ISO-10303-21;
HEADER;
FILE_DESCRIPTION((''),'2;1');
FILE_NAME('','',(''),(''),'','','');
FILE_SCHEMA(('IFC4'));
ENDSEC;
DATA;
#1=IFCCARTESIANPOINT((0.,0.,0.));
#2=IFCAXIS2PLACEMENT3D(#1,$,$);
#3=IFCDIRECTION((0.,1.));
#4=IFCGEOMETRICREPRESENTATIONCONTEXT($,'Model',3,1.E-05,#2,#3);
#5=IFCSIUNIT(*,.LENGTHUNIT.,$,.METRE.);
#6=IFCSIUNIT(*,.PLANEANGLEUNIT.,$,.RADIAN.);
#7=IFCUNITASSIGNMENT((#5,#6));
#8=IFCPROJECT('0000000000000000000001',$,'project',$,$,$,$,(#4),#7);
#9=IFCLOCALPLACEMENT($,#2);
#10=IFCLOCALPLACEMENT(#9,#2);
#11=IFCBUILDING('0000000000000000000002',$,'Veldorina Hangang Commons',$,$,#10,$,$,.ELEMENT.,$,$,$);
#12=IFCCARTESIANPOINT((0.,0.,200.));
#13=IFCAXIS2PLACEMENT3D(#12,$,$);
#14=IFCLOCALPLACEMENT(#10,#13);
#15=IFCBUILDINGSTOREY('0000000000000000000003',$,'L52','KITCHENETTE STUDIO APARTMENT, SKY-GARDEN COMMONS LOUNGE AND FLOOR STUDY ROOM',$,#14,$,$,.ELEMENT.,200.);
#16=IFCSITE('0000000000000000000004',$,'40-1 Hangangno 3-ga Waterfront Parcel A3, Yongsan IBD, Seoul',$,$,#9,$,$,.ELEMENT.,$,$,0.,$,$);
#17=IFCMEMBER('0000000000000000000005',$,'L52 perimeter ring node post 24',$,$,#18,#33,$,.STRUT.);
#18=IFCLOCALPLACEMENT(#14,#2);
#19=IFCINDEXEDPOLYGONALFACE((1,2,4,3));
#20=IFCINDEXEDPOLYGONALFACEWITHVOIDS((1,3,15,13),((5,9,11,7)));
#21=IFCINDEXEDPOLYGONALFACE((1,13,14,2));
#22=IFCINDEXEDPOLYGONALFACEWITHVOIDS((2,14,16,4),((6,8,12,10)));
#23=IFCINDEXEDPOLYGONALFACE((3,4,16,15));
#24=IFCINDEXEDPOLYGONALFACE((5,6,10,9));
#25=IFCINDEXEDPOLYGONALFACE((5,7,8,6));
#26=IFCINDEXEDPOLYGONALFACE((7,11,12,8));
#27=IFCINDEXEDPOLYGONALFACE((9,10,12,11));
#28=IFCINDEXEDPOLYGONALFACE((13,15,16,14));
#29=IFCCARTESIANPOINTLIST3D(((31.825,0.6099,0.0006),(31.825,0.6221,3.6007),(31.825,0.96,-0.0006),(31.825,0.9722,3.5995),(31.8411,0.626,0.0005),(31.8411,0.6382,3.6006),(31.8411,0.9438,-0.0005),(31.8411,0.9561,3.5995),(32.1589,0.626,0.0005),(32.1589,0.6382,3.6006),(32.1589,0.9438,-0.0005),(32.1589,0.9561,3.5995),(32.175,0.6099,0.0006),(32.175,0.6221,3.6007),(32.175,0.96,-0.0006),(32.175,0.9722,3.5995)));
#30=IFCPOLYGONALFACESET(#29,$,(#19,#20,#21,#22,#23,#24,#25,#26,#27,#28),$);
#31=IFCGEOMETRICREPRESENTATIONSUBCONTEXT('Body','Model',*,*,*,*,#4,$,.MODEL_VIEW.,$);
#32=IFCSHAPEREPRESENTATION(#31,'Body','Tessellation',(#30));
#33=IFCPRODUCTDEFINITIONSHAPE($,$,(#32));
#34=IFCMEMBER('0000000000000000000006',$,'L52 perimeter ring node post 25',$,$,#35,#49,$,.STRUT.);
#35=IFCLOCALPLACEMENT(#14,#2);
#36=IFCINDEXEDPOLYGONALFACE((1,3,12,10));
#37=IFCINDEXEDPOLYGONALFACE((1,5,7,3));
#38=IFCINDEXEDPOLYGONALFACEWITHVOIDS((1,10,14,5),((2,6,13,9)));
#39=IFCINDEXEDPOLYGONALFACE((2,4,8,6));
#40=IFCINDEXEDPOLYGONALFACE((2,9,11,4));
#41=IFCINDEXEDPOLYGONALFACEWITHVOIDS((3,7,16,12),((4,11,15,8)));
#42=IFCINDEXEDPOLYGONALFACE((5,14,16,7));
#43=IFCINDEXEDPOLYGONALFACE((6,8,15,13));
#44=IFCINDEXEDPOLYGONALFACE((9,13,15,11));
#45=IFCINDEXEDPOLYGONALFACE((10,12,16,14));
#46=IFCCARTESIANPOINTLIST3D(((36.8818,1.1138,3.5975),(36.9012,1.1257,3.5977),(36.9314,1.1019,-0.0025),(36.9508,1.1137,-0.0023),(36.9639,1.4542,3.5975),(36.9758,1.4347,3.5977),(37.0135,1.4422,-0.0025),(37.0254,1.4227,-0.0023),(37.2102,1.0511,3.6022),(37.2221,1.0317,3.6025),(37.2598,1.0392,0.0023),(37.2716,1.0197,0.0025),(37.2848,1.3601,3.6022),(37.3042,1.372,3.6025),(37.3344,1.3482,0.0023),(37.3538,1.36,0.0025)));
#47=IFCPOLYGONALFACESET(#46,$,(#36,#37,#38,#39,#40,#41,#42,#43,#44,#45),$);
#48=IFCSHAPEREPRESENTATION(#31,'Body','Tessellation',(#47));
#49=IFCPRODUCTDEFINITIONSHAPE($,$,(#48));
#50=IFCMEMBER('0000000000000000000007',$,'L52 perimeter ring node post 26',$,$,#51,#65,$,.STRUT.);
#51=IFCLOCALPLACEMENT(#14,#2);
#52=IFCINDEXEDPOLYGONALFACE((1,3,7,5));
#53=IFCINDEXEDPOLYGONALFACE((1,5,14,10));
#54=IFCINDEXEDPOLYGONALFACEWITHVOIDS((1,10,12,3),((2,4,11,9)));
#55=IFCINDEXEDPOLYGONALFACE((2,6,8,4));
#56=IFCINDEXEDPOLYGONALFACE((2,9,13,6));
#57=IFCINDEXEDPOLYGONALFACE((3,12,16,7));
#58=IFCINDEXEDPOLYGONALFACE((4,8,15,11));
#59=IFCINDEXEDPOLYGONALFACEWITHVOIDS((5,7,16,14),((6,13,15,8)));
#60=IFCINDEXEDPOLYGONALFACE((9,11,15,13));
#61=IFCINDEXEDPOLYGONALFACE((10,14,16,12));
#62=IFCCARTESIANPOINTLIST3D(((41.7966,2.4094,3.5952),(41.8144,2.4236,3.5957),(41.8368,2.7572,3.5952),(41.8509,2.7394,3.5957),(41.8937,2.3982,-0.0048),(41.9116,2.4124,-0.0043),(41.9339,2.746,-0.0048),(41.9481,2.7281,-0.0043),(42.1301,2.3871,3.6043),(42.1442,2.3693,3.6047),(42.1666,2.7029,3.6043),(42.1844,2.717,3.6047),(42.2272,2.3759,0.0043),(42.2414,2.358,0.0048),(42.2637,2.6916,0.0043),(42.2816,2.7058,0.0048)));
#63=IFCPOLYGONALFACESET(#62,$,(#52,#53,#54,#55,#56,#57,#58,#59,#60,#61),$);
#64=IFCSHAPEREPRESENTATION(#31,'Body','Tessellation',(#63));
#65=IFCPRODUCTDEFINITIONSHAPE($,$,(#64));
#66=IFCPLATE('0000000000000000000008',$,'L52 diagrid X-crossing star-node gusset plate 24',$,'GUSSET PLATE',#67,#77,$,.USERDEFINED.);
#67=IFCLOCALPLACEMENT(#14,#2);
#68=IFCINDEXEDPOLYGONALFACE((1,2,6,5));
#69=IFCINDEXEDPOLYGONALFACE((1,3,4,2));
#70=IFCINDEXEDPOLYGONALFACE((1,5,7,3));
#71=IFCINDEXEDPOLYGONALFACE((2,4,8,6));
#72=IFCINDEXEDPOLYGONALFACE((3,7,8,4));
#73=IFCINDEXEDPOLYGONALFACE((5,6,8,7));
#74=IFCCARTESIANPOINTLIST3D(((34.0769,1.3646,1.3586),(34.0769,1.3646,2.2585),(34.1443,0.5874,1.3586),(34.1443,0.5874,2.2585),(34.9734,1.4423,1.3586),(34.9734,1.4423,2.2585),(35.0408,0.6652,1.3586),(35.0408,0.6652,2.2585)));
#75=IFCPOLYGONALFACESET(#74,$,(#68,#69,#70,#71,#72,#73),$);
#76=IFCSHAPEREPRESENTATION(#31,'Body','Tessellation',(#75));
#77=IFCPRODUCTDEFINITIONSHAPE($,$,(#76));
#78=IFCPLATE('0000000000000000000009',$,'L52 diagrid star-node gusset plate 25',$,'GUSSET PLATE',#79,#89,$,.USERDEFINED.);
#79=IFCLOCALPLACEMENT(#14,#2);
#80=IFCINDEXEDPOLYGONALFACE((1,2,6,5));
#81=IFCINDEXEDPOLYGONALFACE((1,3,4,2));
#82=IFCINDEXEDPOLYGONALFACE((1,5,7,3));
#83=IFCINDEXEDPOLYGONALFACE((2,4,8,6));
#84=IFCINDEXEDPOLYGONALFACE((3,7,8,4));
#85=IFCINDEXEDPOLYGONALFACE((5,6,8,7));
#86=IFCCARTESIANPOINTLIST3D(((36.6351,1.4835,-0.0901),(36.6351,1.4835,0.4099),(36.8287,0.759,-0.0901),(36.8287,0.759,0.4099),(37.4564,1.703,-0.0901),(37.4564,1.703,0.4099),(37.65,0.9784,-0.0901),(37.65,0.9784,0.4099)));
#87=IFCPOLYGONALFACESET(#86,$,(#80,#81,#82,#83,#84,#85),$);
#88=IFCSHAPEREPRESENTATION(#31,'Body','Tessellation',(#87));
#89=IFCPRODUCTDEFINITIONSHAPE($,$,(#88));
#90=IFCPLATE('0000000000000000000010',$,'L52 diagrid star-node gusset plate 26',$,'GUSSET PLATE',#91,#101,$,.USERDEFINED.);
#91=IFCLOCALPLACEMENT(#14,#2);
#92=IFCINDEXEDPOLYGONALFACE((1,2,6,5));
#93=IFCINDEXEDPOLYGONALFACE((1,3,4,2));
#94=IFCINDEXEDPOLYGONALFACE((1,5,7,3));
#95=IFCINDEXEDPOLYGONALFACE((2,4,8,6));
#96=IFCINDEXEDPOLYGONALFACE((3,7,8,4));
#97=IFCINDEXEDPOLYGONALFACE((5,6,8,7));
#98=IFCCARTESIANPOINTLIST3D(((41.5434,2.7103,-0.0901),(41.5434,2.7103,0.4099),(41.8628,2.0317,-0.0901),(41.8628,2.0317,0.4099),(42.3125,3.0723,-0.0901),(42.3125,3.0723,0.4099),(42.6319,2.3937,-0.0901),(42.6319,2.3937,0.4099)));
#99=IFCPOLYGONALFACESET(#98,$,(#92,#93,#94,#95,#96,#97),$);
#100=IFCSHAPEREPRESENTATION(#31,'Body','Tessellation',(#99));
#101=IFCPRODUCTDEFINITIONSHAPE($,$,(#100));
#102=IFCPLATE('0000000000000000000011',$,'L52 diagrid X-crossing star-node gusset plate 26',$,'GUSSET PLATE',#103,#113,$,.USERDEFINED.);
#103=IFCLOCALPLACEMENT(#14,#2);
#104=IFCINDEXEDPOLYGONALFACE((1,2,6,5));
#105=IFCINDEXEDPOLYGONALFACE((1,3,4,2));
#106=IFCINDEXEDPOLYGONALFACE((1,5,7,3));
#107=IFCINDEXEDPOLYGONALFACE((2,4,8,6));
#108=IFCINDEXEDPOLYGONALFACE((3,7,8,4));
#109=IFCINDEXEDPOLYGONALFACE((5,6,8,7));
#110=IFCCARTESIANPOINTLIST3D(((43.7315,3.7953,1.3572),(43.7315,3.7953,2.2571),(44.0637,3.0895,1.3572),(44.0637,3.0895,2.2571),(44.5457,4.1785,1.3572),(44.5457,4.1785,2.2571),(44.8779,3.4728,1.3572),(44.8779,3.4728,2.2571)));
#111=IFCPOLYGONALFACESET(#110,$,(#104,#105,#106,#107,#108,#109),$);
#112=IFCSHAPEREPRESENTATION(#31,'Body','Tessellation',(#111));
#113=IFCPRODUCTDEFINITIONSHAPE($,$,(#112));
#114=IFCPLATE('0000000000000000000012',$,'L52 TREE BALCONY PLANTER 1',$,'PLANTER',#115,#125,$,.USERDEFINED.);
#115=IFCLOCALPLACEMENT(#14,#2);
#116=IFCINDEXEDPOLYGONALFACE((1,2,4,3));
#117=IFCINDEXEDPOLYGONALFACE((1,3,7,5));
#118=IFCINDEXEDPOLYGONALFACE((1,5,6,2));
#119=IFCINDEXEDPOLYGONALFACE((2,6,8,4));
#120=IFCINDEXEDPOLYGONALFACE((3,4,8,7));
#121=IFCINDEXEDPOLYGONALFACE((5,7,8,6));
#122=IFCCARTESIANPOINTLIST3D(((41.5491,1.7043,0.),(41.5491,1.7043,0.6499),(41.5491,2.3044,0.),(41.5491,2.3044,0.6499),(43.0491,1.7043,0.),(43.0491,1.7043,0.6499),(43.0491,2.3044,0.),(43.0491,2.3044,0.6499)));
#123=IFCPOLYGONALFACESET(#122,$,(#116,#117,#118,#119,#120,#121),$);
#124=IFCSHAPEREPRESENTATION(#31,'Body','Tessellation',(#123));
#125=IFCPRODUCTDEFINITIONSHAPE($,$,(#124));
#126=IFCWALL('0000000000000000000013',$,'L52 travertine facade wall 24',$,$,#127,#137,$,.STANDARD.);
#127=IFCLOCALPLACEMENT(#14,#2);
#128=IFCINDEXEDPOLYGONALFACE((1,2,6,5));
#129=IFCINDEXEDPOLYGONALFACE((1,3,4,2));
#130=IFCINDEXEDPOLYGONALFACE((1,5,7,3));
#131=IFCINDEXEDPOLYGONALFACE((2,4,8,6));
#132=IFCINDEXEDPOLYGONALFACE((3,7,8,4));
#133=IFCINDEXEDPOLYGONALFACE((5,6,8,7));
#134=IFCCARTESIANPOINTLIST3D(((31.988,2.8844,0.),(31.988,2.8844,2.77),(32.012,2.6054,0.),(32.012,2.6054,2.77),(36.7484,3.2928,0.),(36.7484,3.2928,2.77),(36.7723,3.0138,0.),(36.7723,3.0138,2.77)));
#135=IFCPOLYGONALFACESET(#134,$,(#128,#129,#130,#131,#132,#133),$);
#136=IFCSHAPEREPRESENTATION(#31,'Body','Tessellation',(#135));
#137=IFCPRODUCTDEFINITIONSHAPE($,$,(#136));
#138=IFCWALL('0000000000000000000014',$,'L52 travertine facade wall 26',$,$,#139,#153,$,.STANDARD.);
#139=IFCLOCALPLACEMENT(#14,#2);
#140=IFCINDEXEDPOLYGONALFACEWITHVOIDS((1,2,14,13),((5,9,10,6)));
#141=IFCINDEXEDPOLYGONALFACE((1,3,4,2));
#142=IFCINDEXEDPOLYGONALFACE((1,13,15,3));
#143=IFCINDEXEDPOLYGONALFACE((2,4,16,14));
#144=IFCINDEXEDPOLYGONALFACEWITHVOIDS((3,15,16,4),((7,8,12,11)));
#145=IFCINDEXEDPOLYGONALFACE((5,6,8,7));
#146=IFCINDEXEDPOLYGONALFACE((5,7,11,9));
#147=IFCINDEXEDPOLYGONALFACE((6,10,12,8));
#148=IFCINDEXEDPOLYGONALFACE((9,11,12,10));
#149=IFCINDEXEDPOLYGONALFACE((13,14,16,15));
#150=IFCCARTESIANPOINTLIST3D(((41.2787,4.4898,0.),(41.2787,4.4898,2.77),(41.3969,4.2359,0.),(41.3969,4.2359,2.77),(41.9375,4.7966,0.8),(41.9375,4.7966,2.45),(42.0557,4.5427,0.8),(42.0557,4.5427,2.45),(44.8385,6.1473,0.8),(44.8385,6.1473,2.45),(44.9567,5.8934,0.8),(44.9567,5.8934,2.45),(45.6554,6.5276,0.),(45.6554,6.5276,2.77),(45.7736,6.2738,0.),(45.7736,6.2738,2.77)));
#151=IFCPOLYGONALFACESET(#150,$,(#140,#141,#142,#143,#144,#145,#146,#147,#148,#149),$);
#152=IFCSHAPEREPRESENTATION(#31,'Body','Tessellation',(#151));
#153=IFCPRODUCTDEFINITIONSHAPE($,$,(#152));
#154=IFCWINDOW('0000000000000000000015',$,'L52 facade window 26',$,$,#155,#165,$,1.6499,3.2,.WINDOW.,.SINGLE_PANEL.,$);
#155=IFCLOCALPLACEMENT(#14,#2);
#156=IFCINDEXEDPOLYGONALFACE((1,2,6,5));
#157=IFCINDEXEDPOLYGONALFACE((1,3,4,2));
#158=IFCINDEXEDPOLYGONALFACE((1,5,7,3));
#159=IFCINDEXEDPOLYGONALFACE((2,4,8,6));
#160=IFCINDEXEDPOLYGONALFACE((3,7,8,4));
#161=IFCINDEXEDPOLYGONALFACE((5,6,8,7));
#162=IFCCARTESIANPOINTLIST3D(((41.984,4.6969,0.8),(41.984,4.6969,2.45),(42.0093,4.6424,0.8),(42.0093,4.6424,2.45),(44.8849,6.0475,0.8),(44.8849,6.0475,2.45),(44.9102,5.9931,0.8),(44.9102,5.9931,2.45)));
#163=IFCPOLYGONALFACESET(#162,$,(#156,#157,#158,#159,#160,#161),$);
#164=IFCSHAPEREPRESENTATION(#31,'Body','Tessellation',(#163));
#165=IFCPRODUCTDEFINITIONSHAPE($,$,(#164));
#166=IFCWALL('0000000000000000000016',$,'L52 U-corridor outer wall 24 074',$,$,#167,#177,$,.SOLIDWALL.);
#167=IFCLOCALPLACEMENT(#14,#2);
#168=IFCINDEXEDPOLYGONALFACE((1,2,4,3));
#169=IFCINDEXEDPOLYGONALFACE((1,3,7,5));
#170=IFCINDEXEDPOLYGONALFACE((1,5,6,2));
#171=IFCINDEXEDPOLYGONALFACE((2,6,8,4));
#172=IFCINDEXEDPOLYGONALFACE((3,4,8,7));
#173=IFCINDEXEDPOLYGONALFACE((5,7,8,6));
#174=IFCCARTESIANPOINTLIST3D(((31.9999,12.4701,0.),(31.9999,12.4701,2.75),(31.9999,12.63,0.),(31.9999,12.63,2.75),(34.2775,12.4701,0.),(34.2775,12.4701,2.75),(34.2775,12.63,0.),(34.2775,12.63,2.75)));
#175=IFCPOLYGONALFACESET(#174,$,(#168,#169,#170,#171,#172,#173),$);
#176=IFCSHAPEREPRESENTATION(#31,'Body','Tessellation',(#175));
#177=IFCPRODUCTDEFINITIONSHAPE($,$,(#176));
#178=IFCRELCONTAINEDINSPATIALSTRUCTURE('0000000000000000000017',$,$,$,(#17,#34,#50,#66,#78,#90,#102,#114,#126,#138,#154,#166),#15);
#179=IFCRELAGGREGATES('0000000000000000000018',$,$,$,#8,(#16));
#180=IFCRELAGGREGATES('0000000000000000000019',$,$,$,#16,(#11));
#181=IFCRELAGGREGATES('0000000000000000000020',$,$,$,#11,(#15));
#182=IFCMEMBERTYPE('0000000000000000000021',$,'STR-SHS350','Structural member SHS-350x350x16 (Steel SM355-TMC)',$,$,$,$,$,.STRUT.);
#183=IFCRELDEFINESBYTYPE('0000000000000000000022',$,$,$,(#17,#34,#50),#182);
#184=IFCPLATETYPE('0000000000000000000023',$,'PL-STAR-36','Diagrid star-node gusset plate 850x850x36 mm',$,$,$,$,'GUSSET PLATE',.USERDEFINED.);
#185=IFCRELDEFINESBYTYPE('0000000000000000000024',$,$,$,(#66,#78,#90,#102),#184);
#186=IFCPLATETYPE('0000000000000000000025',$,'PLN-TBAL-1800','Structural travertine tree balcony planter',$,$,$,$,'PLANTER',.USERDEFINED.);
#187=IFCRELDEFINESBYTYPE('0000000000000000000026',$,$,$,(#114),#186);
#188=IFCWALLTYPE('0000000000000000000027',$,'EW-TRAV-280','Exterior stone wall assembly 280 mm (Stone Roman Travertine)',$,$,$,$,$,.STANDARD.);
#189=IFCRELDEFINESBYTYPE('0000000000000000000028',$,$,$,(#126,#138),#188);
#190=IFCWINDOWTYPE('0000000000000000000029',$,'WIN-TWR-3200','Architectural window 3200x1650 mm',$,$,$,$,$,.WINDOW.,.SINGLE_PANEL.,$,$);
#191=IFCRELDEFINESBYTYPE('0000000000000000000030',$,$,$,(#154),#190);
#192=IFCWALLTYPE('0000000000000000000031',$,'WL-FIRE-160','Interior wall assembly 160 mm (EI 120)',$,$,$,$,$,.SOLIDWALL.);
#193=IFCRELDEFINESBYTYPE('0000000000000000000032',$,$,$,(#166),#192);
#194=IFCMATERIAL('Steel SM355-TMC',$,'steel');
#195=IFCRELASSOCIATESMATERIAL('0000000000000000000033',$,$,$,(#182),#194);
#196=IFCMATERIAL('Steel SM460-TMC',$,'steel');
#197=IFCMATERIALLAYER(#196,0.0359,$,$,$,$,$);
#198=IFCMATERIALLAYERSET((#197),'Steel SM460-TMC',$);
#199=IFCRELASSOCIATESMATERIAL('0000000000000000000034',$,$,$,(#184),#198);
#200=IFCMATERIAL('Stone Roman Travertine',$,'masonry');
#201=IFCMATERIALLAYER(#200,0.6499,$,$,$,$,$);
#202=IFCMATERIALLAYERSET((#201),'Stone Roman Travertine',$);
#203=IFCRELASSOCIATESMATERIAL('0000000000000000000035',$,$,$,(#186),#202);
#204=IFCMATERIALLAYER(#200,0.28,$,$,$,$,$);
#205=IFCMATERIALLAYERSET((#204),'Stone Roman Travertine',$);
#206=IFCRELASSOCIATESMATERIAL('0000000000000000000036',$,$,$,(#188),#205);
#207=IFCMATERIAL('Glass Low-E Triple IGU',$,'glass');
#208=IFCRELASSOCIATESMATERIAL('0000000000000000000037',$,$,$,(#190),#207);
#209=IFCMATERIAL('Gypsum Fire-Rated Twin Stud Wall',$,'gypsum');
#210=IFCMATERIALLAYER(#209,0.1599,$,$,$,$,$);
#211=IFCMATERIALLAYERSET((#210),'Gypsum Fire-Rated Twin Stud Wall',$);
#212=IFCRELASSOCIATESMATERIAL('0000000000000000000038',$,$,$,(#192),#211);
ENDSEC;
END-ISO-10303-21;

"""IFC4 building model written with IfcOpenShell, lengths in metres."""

from ifc_helpers import new_model, si_unit, direction, frame, frame_2d, origin, origin_2d, place, context, subcontext, project, spatial, rectangle, hollow_rectangle, extrude, material, layer, layer_set, material_profile, profile_set, type_object, element, fill, save


model = new_model("IFC4")

# Units and contexts
model_context = context("Model", 3, precision=1e-05, world=origin(), true_north=direction((0.0, 1.0)))
body_context = subcontext(model_context, "Body", "Model", "MODEL_VIEW")
ifc_project = project(units=[si_unit("LENGTHUNIT", "METRE"), si_unit("PLANEANGLEUNIT", "RADIAN")], contexts=[model_context])

# Site, building, storey
site_placement = place(None, origin())
site = spatial("IfcSite", under=ifc_project, at=site_placement, Name="40-1 Hangangno 3-ga Waterfront Parcel A3, Yongsan IBD, Seoul", CompositionType="ELEMENT", RefElevation=0.0)
building_placement = place(site_placement, origin())
building = spatial("IfcBuilding", under=site, at=building_placement, Name="Veldorina Hangang Commons", CompositionType="ELEMENT")
storey_placement = place(building_placement, frame((0.0, 0.0, 200.0)))
storey = spatial("IfcBuildingStorey", under=building, at=storey_placement, Name="L52", Description="KITCHENETTE STUDIO APARTMENT, SKY-GARDEN COMMONS LOUNGE AND FLOOR STUDY ROOM", CompositionType="ELEMENT", Elevation=200.0)

# Members
ifc_material_1 = material(Name="Steel SM355-TMC", Category="steel")
ifc_material_profile_1 = material_profile(ifc_material_1, hollow_rectangle(XDim=0.3501, YDim=0.3501, WallThickness=0.0161, at=origin_2d()), Name="SHS-350x350x16")
ifc_profile_set_1 = profile_set([ifc_material_profile_1], Name="Steel SM355-TMC")
member_type_1 = type_object("IfcMemberType", Name="STR-SHS350", Description="Structural member SHS-350x350x16 (Steel SM355-TMC)", PredefinedType="STRUT", material=ifc_profile_set_1)
member_1_placement = place(storey_placement, frame((32.0, 0.7849, 0.0), z_axis=(0.0, 0.003391, 0.999994), x_axis=(-1.0, 0.0, 0.0)))
element("IfcMember", 1, at=member_1_placement, inside=storey, type_object=member_type_1, Name="L52 perimeter ring node post 24", PredefinedType="STRUT", context=body_context, shape_type="SweptSolid", body=[
    extrude(hollow_rectangle(XDim=0.3501, YDim=0.3501, WallThickness=0.0161, at=origin_2d()), origin(), (0.0, 0.0, 1.0), 3.6001),
])
member_2_placement = place(storey_placement, frame((37.1426, 1.231, 0.0), z_axis=(-0.013765, 0.003323, 0.9999), x_axis=(-0.234641, -0.972082, 0.0)))
element("IfcMember", 2, at=member_2_placement, inside=storey, type_object=member_type_1, Name="L52 perimeter ring node post 25", PredefinedType="STRUT", context=body_context, shape_type="SweptSolid", body=[
    extrude(hollow_rectangle(XDim=0.3501, YDim=0.3501, WallThickness=0.0161, at=origin_2d()), origin(), (0.0, 0.0, 1.0), 3.6003),
])
member_3_placement = place(storey_placement, frame((42.0876, 2.552, 0.0), z_axis=(-0.02698, 0.003118, 0.999631), x_axis=(-0.114814, -0.993387, 0.0)))
element("IfcMember", 3, at=member_3_placement, inside=storey, type_object=member_type_1, Name="L52 perimeter ring node post 26", PredefinedType="STRUT", context=body_context, shape_type="SweptSolid", body=[
    extrude(hollow_rectangle(XDim=0.3501, YDim=0.3501, WallThickness=0.0161, at=origin_2d()), origin(), (0.0, 0.0, 1.0), 3.6013),
])

# Plates
ifc_material_2 = material(Name="Steel SM460-TMC", Category="steel")
ifc_layer_1 = layer(ifc_material_2, 0.0359)
ifc_layer_set_1 = layer_set([ifc_layer_1], Name="Steel SM460-TMC")
plate_type_1 = type_object("IfcPlateType", Name="PL-STAR-36", Description="Diagrid star-node gusset plate 850x850x36 mm", ElementType="GUSSET PLATE", PredefinedType="USERDEFINED", material=ifc_layer_set_1)
plate_1_placement = place(storey_placement, frame((34.5588, 1.0149, 1.3586), z_axis=(0.0, 0.0, 1.0), x_axis=(0.996258, 0.086425, 0.0)))
element("IfcPlate", 4, at=plate_1_placement, inside=storey, type_object=plate_type_1, Name="L52 diagrid X-crossing star-node gusset plate 24", ObjectType="GUSSET PLATE", PredefinedType="USERDEFINED", context=body_context, shape_type="SweptSolid", body=[
    extrude(rectangle(XDim=0.8999, YDim=0.78, at=origin_2d()), origin(), (0.0, 0.0, 1.0), 0.8999),
])
for number, where, z_axis, x_axis, name in (
    (5, (37.1426, 1.231, -0.0901), (0.0, 0.0, 1.0), (0.966115, 0.258111, 0.0), "L52 diagrid star-node gusset plate 25"),
    (6, (42.0876, 2.552, -0.0901), (0.0, 0.0, 1.0), (0.904768, 0.425906, 0.0), "L52 diagrid star-node gusset plate 26"),
):
    element("IfcPlate", number, at=place(storey_placement, frame(where, z_axis=z_axis, x_axis=x_axis)), inside=storey, type_object=plate_type_1, Name=name, ObjectType="GUSSET PLATE", PredefinedType="USERDEFINED", context=body_context, shape_type="SweptSolid", body=[
        extrude(rectangle(XDim=0.8501, YDim=0.75, at=origin_2d()), origin(), (0.0, 0.0, 1.0), 0.5),
    ])
plate_2_placement = place(storey_placement, frame((44.3047, 3.634, 1.3572), z_axis=(0.0, 0.0, 1.0), x_axis=(0.904768, 0.425906, 0.0)))
element("IfcPlate", 7, at=plate_2_placement, inside=storey, type_object=plate_type_1, Name="L52 diagrid X-crossing star-node gusset plate 26", ObjectType="GUSSET PLATE", PredefinedType="USERDEFINED", context=body_context, shape_type="SweptSolid", body=[
    extrude(rectangle(XDim=0.8999, YDim=0.78, at=origin_2d()), origin(), (0.0, 0.0, 1.0), 0.8999),
])
ifc_material_3 = material(Name="Stone Roman Travertine", Category="masonry")
ifc_layer_2 = layer(ifc_material_3, 0.6499)
ifc_layer_set_2 = layer_set([ifc_layer_2], Name="Stone Roman Travertine")
plate_type_2 = type_object("IfcPlateType", Name="PLN-TBAL-1800", Description="Structural travertine tree balcony planter", ElementType="PLANTER", PredefinedType="USERDEFINED", material=ifc_layer_set_2)
plate_3_placement = place(storey_placement, frame((42.2991, 2.0044, 0.0), z_axis=(0.0, 0.0, 1.0), x_axis=(1.0, 0.0, 0.0)))
element("IfcPlate", 8, at=plate_3_placement, inside=storey, type_object=plate_type_2, Name="L52 TREE BALCONY PLANTER 1", ObjectType="PLANTER", PredefinedType="USERDEFINED", context=body_context, shape_type="SweptSolid", body=[
    extrude(rectangle(XDim=1.5, YDim=0.6001, at=origin_2d()), origin(), (0.0, 0.0, 1.0), 0.6499),
])

# Wall
ifc_layer_3 = layer(ifc_material_3, 0.28)
ifc_layer_set_3 = layer_set([ifc_layer_3], Name="Stone Roman Travertine")
wall_type_1 = type_object("IfcWallType", Name="EW-TRAV-280", Description="Exterior stone wall assembly 280 mm (Stone Roman Travertine)", PredefinedType="STANDARD", material=ifc_layer_set_3)
wall_1_placement = place(storey_placement, frame((32.0, 2.7449, 0.0), z_axis=(0.0, 0.0, 1.0), x_axis=(0.996339, 0.08549, 0.0)))
element("IfcWall", 9, at=wall_1_placement, inside=storey, type_object=wall_type_1, Name="L52 travertine facade wall 24", PredefinedType="STANDARD", context=body_context, shape_type="SweptSolid", body=[
    extrude(rectangle(XDim=4.7778, YDim=0.28, at=frame_2d((2.3889, 0.0))), origin(), (0.0, 0.0, 1.0), 2.77),
])

# Wall, opening, window
wall_2_placement = place(storey_placement, frame((41.3376, 4.3628, 0.0), z_axis=(0.0, 0.0, 1.0), x_axis=(0.90655, 0.422099, 0.0)))
wall_2 = element("IfcWall", 10, at=wall_2_placement, inside=storey, type_object=wall_type_1, Name="L52 travertine facade wall 26", PredefinedType="STANDARD", context=body_context, shape_type="SweptSolid", body=[
    extrude(rectangle(XDim=4.8279, YDim=0.28, at=frame_2d((2.4141, 0.0))), origin(), (0.0, 0.0, 1.0), 2.77),
])
opening_1_placement = place(wall_2_placement, frame((0.7268, 0.0, 0.8)))
opening_1 = element("IfcOpeningElement", 11, at=opening_1_placement, cuts=wall_2, PredefinedType="OPENING", context=body_context, shape_type="SweptSolid", body=[
    extrude(rectangle(XDim=3.2, YDim=1.6499, at=frame_2d((1.6001, 0.825))), frame((0.0, 0.1499, 0.0), z_axis=(0.0, -1.0, 0.0), x_axis=(1.0, 0.0, 0.0)), (0.0, 0.0, 1.0), 0.3),
])
ifc_material_4 = material(Name="Glass Low-E Triple IGU", Category="glass")
window_type = type_object("IfcWindowType", Name="WIN-TWR-3200", Description="Architectural window 3200x1650 mm", PartitioningType="SINGLE_PANEL", PredefinedType="WINDOW", material=ifc_material_4)
window_placement = place(opening_1_placement, origin())
window = element("IfcWindow", 12, at=window_placement, inside=storey, type_object=window_type, Name="L52 facade window 26", OverallHeight=1.6499, OverallWidth=3.2, PartitioningType="SINGLE_PANEL", PredefinedType="WINDOW", context=body_context, shape_type="SweptSolid", body=[
    extrude(rectangle(XDim=3.2, YDim=1.6499, at=frame_2d((1.6001, 0.825))), frame((0.0, 0.03, 0.0), z_axis=(0.0, -1.0, 0.0), x_axis=(1.0, 0.0, 0.0)), (0.0, 0.0, 1.0), 0.0601),
])
fill(opening_1, window)

# Wall
ifc_material_5 = material(Name="Gypsum Fire-Rated Twin Stud Wall", Category="gypsum")
ifc_layer_4 = layer(ifc_material_5, 0.1599)
ifc_layer_set_4 = layer_set([ifc_layer_4], Name="Gypsum Fire-Rated Twin Stud Wall")
wall_type_2 = type_object("IfcWallType", Name="WL-FIRE-160", Description="Interior wall assembly 160 mm (EI 120)", PredefinedType="SOLIDWALL", material=ifc_layer_set_4)
wall_3_placement = place(storey_placement, frame((32.0, 12.55, 0.0), z_axis=(0.0, 0.0, 1.0), x_axis=(1.0, 0.0, 0.0)))
element("IfcWall", 13, at=wall_3_placement, inside=storey, type_object=wall_type_2, Name="L52 U-corridor outer wall 24 074", PredefinedType="SOLIDWALL", context=body_context, shape_type="SweptSolid", body=[
    extrude(rectangle(XDim=2.2776, YDim=0.1599, at=frame_2d((1.1387, 0.0))), origin(), (0.0, 0.0, 1.0), 2.75),
])

save(model, "model.ifc")
